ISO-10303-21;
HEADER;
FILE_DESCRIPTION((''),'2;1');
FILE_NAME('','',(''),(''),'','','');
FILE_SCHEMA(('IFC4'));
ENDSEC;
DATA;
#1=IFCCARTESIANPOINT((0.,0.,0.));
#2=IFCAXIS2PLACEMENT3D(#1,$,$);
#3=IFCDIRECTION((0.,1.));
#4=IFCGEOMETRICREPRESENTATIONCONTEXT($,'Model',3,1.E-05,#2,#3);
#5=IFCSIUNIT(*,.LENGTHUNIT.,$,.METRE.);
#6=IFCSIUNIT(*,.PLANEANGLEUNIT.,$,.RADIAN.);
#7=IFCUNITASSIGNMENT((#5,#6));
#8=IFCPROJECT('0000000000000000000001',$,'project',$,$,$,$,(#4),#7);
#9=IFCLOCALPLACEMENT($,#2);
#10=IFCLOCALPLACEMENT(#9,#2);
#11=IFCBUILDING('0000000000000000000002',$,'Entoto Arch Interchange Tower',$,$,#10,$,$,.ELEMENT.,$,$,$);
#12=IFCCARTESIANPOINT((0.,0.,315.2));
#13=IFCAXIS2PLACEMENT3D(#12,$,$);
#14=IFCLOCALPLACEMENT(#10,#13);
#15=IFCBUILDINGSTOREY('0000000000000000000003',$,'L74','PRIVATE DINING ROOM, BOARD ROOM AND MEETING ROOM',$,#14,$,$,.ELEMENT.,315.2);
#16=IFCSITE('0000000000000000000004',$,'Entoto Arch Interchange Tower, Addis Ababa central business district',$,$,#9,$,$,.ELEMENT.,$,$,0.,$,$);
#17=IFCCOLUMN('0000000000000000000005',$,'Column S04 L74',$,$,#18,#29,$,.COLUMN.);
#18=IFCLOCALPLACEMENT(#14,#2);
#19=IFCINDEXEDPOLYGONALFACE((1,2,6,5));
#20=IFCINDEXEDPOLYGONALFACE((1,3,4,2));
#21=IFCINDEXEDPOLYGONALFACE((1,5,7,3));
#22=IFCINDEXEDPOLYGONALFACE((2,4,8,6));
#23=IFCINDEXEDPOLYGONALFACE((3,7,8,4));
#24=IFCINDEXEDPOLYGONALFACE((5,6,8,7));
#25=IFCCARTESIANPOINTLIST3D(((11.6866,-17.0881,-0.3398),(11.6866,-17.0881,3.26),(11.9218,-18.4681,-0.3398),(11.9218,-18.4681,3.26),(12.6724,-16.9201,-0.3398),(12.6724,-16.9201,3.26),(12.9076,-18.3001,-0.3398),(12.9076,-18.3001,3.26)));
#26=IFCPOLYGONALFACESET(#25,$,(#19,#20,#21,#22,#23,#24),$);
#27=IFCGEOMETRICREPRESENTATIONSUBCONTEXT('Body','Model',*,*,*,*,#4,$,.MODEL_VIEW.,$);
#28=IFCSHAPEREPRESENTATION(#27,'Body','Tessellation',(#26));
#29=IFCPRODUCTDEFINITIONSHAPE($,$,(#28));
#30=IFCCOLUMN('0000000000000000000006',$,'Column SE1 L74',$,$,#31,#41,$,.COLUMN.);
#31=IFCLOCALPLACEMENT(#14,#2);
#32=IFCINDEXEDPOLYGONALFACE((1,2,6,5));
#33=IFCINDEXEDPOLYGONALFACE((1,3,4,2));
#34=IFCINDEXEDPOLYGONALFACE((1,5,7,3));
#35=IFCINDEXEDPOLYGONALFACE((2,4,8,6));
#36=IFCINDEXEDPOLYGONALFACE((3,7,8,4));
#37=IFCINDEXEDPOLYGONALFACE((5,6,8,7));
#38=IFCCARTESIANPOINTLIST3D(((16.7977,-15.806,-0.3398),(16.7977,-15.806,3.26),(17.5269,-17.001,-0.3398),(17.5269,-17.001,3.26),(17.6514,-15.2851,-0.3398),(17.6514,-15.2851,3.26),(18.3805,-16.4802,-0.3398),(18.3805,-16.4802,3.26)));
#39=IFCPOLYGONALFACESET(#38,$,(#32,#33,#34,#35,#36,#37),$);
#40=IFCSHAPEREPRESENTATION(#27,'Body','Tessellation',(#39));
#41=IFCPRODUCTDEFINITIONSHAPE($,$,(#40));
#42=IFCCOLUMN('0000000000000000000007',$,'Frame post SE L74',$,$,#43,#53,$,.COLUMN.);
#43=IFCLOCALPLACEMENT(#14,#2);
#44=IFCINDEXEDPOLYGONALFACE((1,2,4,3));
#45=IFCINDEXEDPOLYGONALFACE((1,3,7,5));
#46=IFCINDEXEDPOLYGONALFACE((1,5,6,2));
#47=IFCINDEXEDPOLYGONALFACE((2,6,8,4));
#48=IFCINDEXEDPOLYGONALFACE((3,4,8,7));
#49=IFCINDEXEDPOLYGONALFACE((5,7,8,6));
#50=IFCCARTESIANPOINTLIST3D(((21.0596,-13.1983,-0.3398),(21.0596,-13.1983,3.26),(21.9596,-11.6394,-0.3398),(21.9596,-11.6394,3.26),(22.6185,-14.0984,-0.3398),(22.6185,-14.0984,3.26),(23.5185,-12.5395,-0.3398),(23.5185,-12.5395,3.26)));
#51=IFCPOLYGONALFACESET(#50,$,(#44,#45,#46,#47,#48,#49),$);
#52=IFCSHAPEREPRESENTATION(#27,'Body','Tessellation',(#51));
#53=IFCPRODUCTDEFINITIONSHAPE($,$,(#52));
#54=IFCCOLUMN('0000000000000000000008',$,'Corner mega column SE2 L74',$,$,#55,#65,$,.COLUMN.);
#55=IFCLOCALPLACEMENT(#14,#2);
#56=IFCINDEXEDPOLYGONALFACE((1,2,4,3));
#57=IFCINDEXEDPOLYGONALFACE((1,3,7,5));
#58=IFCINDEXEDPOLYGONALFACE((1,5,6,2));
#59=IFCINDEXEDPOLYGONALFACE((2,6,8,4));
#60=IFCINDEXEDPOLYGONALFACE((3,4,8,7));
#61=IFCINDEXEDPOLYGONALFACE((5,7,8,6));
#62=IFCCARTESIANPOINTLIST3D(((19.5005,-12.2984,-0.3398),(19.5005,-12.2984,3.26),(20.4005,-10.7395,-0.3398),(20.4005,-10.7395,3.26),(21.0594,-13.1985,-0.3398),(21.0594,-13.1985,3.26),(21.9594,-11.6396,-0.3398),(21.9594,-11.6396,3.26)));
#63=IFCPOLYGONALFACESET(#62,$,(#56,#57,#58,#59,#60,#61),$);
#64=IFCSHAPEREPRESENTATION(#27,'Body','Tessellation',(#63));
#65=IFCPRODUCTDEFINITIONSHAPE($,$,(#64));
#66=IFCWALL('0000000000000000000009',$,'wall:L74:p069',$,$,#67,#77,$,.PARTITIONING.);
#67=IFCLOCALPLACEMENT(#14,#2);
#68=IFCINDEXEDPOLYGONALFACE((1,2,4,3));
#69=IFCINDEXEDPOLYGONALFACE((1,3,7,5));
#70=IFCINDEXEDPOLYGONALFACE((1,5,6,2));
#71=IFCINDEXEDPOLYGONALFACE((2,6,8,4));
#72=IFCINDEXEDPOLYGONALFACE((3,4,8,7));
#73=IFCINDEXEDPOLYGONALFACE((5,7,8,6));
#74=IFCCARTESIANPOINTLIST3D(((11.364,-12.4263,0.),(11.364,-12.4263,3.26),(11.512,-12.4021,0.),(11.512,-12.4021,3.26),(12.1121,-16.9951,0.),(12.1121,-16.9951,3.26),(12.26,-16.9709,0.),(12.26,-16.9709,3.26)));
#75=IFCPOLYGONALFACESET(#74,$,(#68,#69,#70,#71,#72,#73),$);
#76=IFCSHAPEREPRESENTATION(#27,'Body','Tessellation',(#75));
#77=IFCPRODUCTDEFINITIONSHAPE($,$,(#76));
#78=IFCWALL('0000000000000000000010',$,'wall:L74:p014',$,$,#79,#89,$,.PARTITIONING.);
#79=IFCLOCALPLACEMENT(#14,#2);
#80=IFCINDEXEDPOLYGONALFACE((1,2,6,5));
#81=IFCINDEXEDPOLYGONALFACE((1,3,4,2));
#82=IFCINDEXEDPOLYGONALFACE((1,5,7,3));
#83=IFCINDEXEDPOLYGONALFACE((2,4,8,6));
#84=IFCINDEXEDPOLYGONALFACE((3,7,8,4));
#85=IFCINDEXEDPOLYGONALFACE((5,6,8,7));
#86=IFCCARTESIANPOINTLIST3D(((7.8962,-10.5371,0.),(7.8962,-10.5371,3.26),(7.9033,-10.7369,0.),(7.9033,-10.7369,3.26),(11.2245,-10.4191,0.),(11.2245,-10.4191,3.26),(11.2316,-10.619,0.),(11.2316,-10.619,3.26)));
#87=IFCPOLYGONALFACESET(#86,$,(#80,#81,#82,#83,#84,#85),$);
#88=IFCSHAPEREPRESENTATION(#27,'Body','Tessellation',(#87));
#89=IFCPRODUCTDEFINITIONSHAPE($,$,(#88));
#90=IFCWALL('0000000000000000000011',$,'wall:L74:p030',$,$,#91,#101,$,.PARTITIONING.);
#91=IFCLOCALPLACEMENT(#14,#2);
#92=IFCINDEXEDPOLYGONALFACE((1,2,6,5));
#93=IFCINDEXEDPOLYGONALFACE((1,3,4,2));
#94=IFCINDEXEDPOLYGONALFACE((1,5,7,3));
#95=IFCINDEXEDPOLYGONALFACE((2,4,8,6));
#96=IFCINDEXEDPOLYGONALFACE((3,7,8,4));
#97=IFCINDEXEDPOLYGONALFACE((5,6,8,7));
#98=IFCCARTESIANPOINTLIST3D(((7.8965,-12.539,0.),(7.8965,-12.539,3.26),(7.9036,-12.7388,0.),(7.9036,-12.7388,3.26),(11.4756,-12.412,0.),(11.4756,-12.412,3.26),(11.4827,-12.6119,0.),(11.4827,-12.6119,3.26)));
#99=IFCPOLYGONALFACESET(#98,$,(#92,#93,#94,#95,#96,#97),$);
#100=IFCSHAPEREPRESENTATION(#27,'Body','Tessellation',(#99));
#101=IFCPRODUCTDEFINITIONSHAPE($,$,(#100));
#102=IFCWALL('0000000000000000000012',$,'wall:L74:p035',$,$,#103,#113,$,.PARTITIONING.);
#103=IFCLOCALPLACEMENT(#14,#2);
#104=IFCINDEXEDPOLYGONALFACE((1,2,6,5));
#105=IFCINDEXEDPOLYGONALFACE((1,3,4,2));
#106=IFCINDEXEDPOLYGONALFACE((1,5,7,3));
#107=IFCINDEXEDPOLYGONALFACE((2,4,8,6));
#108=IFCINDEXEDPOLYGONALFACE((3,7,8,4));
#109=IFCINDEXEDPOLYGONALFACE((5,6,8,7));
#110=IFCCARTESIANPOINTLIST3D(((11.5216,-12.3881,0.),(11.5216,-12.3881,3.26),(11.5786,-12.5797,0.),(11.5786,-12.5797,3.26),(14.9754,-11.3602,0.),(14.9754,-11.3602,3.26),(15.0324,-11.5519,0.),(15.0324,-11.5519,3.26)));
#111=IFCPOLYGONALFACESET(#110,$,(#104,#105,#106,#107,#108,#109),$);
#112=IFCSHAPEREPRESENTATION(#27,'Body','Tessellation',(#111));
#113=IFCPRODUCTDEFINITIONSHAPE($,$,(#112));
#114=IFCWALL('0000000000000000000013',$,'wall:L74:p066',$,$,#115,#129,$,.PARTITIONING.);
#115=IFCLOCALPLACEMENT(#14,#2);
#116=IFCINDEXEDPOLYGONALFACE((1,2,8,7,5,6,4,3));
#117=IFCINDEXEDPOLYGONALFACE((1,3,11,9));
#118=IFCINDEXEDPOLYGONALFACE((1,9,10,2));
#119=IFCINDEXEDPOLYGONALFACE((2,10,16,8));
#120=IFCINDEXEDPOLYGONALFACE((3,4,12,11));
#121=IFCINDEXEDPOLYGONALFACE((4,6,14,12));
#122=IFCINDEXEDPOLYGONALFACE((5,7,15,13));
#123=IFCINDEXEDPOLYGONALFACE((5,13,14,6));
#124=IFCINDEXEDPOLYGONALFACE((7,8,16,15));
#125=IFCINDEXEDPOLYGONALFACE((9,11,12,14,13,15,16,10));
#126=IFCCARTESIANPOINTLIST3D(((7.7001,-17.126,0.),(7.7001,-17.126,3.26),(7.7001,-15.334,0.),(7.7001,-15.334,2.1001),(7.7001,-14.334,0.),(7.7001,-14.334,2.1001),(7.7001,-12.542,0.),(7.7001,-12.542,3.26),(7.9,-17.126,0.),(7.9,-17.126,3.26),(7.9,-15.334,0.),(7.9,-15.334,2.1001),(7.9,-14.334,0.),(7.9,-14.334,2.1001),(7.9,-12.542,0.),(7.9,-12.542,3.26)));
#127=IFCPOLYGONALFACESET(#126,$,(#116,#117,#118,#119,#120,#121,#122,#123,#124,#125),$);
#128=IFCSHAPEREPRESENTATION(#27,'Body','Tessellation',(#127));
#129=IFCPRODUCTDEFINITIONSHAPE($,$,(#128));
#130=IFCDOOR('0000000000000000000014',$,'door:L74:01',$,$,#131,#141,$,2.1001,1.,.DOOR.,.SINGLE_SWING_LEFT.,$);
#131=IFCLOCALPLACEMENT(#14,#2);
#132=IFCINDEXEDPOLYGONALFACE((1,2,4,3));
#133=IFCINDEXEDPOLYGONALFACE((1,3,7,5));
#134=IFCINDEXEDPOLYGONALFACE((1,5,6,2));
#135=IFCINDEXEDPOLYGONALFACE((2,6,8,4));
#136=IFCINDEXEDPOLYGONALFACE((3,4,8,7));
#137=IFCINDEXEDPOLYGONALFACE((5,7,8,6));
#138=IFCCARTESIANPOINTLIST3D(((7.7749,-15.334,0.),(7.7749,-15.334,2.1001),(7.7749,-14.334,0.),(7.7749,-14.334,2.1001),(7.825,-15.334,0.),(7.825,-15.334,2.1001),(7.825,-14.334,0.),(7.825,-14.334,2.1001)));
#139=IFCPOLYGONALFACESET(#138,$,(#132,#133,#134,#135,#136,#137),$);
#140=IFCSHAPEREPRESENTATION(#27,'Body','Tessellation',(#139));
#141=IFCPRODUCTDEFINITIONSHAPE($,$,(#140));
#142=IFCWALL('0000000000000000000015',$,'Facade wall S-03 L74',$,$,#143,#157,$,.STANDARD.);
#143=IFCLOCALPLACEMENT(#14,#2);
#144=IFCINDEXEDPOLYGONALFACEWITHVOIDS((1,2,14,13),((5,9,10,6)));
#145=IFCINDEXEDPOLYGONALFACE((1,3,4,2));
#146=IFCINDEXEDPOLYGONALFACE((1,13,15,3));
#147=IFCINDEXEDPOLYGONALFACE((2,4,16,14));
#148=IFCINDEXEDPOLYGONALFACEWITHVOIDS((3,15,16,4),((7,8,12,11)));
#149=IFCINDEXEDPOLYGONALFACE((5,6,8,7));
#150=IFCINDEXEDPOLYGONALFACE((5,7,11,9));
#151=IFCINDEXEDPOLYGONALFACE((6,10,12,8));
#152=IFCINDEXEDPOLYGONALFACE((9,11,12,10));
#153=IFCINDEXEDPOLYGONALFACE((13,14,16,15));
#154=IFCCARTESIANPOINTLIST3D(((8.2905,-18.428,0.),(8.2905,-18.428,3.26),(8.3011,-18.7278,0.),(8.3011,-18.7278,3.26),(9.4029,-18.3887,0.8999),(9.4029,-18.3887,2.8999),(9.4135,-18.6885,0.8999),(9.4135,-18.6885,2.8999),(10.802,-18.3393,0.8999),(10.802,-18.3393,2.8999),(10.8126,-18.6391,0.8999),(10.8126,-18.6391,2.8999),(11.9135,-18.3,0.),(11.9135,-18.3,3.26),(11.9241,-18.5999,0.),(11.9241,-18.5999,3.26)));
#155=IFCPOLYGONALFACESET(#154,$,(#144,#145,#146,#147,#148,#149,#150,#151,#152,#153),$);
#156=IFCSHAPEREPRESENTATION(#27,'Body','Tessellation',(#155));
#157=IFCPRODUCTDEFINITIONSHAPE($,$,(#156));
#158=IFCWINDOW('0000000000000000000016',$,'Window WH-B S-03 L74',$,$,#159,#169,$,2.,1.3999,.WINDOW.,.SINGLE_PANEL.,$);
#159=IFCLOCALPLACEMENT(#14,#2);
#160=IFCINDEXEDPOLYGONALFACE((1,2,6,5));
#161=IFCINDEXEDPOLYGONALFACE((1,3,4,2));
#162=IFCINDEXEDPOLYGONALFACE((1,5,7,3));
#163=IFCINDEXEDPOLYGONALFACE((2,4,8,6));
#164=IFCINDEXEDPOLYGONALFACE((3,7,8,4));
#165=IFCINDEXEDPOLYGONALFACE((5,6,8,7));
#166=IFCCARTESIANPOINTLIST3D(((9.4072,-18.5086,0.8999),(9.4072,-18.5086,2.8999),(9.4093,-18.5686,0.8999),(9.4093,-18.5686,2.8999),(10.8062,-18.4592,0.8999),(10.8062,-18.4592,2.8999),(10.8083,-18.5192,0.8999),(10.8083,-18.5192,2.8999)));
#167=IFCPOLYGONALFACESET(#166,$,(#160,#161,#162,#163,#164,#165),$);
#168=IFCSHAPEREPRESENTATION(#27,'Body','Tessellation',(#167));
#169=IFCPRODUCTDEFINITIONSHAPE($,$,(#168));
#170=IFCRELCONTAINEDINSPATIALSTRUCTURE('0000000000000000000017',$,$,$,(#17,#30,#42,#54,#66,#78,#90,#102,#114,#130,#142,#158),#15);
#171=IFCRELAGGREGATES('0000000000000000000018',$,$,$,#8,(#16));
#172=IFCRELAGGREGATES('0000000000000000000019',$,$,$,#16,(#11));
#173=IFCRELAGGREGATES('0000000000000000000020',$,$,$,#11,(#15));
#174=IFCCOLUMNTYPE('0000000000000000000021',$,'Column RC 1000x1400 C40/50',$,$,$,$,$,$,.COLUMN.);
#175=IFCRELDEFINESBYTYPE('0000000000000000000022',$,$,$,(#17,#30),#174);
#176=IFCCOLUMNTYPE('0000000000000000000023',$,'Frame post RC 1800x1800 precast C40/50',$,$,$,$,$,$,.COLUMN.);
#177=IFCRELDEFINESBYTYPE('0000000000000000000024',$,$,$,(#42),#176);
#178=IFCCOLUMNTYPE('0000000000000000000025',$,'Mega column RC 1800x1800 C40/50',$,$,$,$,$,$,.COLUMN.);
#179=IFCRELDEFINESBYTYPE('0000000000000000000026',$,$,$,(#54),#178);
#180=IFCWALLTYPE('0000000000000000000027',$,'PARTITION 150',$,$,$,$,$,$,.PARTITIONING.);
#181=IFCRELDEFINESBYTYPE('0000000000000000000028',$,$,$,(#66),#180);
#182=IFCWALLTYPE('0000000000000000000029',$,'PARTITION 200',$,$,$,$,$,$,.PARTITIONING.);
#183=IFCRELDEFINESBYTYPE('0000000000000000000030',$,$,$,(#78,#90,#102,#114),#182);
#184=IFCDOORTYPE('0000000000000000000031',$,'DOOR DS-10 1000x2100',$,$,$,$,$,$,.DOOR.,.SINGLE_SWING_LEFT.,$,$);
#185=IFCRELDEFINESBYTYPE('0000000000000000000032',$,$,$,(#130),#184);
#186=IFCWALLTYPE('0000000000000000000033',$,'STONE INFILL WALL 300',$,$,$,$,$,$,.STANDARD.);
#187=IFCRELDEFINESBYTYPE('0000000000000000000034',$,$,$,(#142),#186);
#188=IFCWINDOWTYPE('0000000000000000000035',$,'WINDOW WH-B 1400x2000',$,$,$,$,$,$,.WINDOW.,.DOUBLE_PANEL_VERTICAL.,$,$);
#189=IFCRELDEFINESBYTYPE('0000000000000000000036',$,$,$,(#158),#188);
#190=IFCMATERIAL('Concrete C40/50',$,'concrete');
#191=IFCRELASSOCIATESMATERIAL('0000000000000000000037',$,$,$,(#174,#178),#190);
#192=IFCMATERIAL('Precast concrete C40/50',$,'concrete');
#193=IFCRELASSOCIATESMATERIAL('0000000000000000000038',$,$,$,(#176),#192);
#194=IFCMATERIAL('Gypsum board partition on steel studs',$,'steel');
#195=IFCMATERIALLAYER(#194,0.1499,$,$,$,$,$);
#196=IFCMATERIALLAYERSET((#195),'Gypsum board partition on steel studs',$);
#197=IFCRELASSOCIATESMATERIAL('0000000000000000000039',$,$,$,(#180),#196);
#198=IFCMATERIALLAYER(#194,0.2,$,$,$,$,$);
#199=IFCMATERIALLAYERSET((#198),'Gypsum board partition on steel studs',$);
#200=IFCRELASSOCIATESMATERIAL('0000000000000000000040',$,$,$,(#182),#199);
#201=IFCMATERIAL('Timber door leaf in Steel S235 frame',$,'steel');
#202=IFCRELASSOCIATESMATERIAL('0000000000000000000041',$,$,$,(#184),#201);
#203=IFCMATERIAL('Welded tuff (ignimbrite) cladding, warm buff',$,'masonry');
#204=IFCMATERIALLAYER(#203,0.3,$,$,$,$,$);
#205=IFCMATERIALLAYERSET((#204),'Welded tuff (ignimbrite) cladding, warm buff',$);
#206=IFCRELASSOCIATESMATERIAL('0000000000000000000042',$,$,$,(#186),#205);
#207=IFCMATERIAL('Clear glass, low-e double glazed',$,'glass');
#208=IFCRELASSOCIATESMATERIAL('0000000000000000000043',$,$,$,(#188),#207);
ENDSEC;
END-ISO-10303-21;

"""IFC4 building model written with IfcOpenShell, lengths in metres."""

from ifc_helpers import new_model, si_unit, direction, frame, frame_2d, origin, origin_2d, place, context, subcontext, project, spatial, rectangle, extrude, material, layer, layer_set, material_profile, profile_set, type_object, element, fill, save


model = new_model("IFC4")

# Units and contexts
model_context = context("Model", 3, precision=1e-05, world=origin(), true_north=direction((0.0, 1.0)))
body_context = subcontext(model_context, "Body", "Model", "MODEL_VIEW")
ifc_project = project(units=[si_unit("LENGTHUNIT", "METRE"), si_unit("PLANEANGLEUNIT", "RADIAN")], contexts=[model_context])

# Site, building, storey
site_placement = place(None, origin())
site = spatial("IfcSite", under=ifc_project, at=site_placement, Name="Entoto Arch Interchange Tower, Addis Ababa central business district", CompositionType="ELEMENT", RefElevation=0.0)
building_placement = place(site_placement, origin())
building = spatial("IfcBuilding", under=site, at=building_placement, Name="Entoto Arch Interchange Tower", CompositionType="ELEMENT")
storey_placement = place(building_placement, frame((0.0, 0.0, 315.2)))
storey = spatial("IfcBuildingStorey", under=building, at=storey_placement, Name="L74", Description="PRIVATE DINING ROOM, BOARD ROOM AND MEETING ROOM", CompositionType="ELEMENT", Elevation=315.2)

# Columns
ifc_material_1 = material(Name="Concrete C40/50", Category="concrete")
ifc_material_profile_1 = material_profile(ifc_material_1, rectangle(XDim=1.0, YDim=1.3999, at=origin_2d()))
ifc_profile_set_1 = profile_set([ifc_material_profile_1], Name="Concrete C40/50")
column_type_1 = type_object("IfcColumnType", Name="Column RC 1000x1400 C40/50", PredefinedType="COLUMN", material=ifc_profile_set_1)
for number, where, z_axis, x_axis, name in (
    (1, (12.2971, -17.6941, -0.3398), (0.0, 0.0, 1.0), (0.985786, 0.168008, 0.0), "Column S04 L74"),
    (2, (17.5891, -16.1431, -0.3398), (0.0, 0.0, 1.0), (0.853651, 0.520846, 0.0), "Column SE1 L74"),
):
    element("IfcColumn", number, at=place(storey_placement, frame(where, z_axis=z_axis, x_axis=x_axis)), inside=storey, type_object=column_type_1, Name=name, PredefinedType="COLUMN", context=body_context, shape_type="SweptSolid", body=[
        extrude(rectangle(XDim=1.0, YDim=1.3999, at=origin_2d()), origin(), (0.0, 0.0, 1.0), 3.5999),
    ])
ifc_material_2 = material(Name="Precast concrete C40/50", Category="concrete")
ifc_material_profile_2 = material_profile(ifc_material_2, rectangle(XDim=1.8, YDim=1.8, at=origin_2d()))
ifc_profile_set_2 = profile_set([ifc_material_profile_2], Name="Precast concrete C40/50")
column_type_2 = type_object("IfcColumnType", Name="Frame post RC 1800x1800 precast C40/50", PredefinedType="COLUMN", material=ifc_profile_set_2)
column_1_placement = place(storey_placement, frame((22.2891, -12.8689, -0.3398), z_axis=(0.0, 0.0, 1.0), x_axis=(-0.866025, 0.5, 0.0)))
element("IfcColumn", 3, at=column_1_placement, inside=storey, type_object=column_type_2, Name="Frame post SE L74", PredefinedType="COLUMN", context=body_context, shape_type="SweptSolid", body=[
    extrude(rectangle(XDim=1.8, YDim=1.8, at=origin_2d()), origin(), (0.0, 0.0, 1.0), 3.5999),
])
ifc_material_profile_3 = material_profile(ifc_material_1, rectangle(XDim=1.8, YDim=1.8, at=origin_2d()))
ifc_profile_set_3 = profile_set([ifc_material_profile_3], Name="Concrete C40/50")
column_type_3 = type_object("IfcColumnType", Name="Mega column RC 1800x1800 C40/50", PredefinedType="COLUMN", material=ifc_profile_set_3)
column_2_placement = place(storey_placement, frame((20.73, -11.969, -0.3398), z_axis=(0.0, 0.0, 1.0), x_axis=(-0.866025, 0.5, 0.0)))
element("IfcColumn", 4, at=column_2_placement, inside=storey, type_object=column_type_3, Name="Corner mega column SE2 L74", PredefinedType="COLUMN", context=body_context, shape_type="SweptSolid", body=[
    extrude(rectangle(XDim=1.8, YDim=1.8, at=origin_2d()), origin(), (0.0, 0.0, 1.0), 3.5999),
])

# Walls
ifc_material_3 = material(Name="Gypsum board partition on steel studs", Category="steel")
ifc_layer_1 = layer(ifc_material_3, 0.1499)
ifc_layer_set_1 = layer_set([ifc_layer_1], Name="Gypsum board partition on steel studs")
wall_type_1 = type_object("IfcWallType", Name="PARTITION 150", PredefinedType="PARTITIONING", material=ifc_layer_set_1)
wall_1_placement = place(storey_placement, frame((11.438, -12.4141, 0.0), z_axis=(0.0, 0.0, 1.0), x_axis=(0.161576, -0.98686, 0.0)))
element("IfcWall", 5, at=wall_1_placement, inside=storey, type_object=wall_type_1, Name="wall:L74:p069", PredefinedType="PARTITIONING", context=body_context, shape_type="SweptSolid", body=[
    extrude(rectangle(XDim=4.6296, YDim=0.1499, at=frame_2d((2.3149, 0.0))), origin(), (0.0, 0.0, 1.0), 3.26),
])
ifc_layer_2 = layer(ifc_material_3, 0.2)
ifc_layer_set_2 = layer_set([ifc_layer_2], Name="Gypsum board partition on steel studs")
wall_type_2 = type_object("IfcWallType", Name="PARTITION 200", PredefinedType="PARTITIONING", material=ifc_layer_set_2)
wall_2_placement = place(storey_placement, frame((7.8999, -10.637, 0.0), z_axis=(0.0, 0.0, 1.0), x_axis=(0.999373, 0.035409, 0.0)))
element("IfcWall", 6, at=wall_2_placement, inside=storey, type_object=wall_type_2, Name="wall:L74:p014", PredefinedType="PARTITIONING", context=body_context, shape_type="SweptSolid", body=[
    extrude(rectangle(XDim=3.3303, YDim=0.2, at=frame_2d((1.665, 0.0))), origin(), (0.0, 0.0, 1.0), 3.26),
])
wall_3_placement = place(storey_placement, frame((11.479, -12.512, 0.0), z_axis=(0.0, 0.0, 1.0), x_axis=(-0.999372, -0.035448, 0.0)))
element("IfcWall", 7, at=wall_3_placement, inside=storey, type_object=wall_type_2, Name="wall:L74:p030", PredefinedType="PARTITIONING", context=body_context, shape_type="SweptSolid", body=[
    extrude(rectangle(XDim=3.5813, YDim=0.2, at=frame_2d((1.7905, 0.0))), origin(), (0.0, 0.0, 1.0), 3.26),
])
wall_4_placement = place(storey_placement, frame((15.0039, -11.4561, 0.0), z_axis=(0.0, 0.0, 1.0), x_axis=(-0.95846, -0.285228, 0.0)))
element("IfcWall", 8, at=wall_4_placement, inside=storey, type_object=wall_type_2, Name="wall:L74:p035", PredefinedType="PARTITIONING", context=body_context, shape_type="SweptSolid", body=[
    extrude(rectangle(XDim=3.6035, YDim=0.2, at=frame_2d((1.8018, 0.0))), origin(), (0.0, 0.0, 1.0), 3.26),
])

# Wall, opening, door
wall_5_placement = place(storey_placement, frame((7.8, -12.542, 0.0), z_axis=(0.0, 0.0, 1.0), x_axis=(0.0, -1.0, 0.0)))
wall_5 = element("IfcWall", 9, at=wall_5_placement, inside=storey, type_object=wall_type_2, Name="wall:L74:p066", PredefinedType="PARTITIONING", context=body_context, shape_type="SweptSolid", body=[
    extrude(rectangle(XDim=4.584, YDim=0.2, at=frame_2d((2.292, 0.0))), origin(), (0.0, 0.0, 1.0), 3.26),
])
opening_1_placement = place(wall_5_placement, frame((1.792, 0.0, 0.0)))
opening_1 = element("IfcOpeningElement", 10, at=opening_1_placement, cuts=wall_5, PredefinedType="OPENING", context=body_context, shape_type="SweptSolid", body=[
    extrude(rectangle(XDim=1.0, YDim=2.1001, at=frame_2d((0.5, 1.05))), frame((0.0, 0.1099, 0.0), z_axis=(0.0, -1.0, 0.0), x_axis=(1.0, 0.0, 0.0)), (0.0, 0.0, 1.0), 0.22),
])
ifc_material_4 = material(Name="Timber door leaf in Steel S235 frame", Category="steel")
door_type = type_object("IfcDoorType", Name="DOOR DS-10 1000x2100", OperationType="SINGLE_SWING_LEFT", PredefinedType="DOOR", material=ifc_material_4)
door_placement = place(opening_1_placement, origin())
door = element("IfcDoor", 11, at=door_placement, inside=storey, type_object=door_type, Name="door:L74:01", OperationType="SINGLE_SWING_LEFT", OverallHeight=2.1001, OverallWidth=1.0, PredefinedType="DOOR", context=body_context, shape_type="SweptSolid", body=[
    extrude(rectangle(XDim=1.0, YDim=2.1001, at=frame_2d((0.5, 1.05))), frame((0.0, 0.0249, 0.0), z_axis=(0.0, -1.0, 0.0), x_axis=(1.0, 0.0, 0.0)), (0.0, 0.0, 1.0), 0.05),
])
fill(opening_1, door)

# Wall, opening, window
ifc_material_5 = material(Name="Welded tuff (ignimbrite) cladding, warm buff", Category="masonry")
ifc_layer_3 = layer(ifc_material_5, 0.3)
ifc_layer_set_3 = layer_set([ifc_layer_3], Name="Welded tuff (ignimbrite) cladding, warm buff")
wall_type_3 = type_object("IfcWallType", Name="STONE INFILL WALL 300", PredefinedType="STANDARD", material=ifc_layer_set_3)
wall_6_placement = place(storey_placement, frame((8.2959, -18.5779, 0.0), z_axis=(0.0, 0.0, 1.0), x_axis=(0.999377, 0.035288, 0.0)))
wall_6 = element("IfcWall", 12, at=wall_6_placement, inside=storey, type_object=wall_type_3, Name="Facade wall S-03 L74", PredefinedType="STANDARD", context=body_context, shape_type="SweptSolid", body=[
    extrude(rectangle(XDim=3.6252, YDim=0.3, at=frame_2d((1.8125, 0.0))), origin(), (0.0, 0.0, 1.0), 3.26),
])
opening_2_placement = place(wall_6_placement, frame((1.113, 0.0, 0.8999)))
opening_2 = element("IfcOpeningElement", 13, at=opening_2_placement, cuts=wall_6, PredefinedType="OPENING", context=body_context, shape_type="SweptSolid", body=[
    extrude(rectangle(XDim=1.3999, YDim=2.0, at=frame_2d((0.7, 1.0))), frame((0.0, 0.1602, 0.0), z_axis=(0.0, -1.0, 0.0), x_axis=(1.0, 0.0, 0.0)), (0.0, 0.0, 1.0), 0.3201),
])
ifc_material_6 = material(Name="Clear glass, low-e double glazed", Category="glass")
window_type = type_object("IfcWindowType", Name="WINDOW WH-B 1400x2000", PartitioningType="DOUBLE_PANEL_VERTICAL", PredefinedType="WINDOW", material=ifc_material_6)
window_1_placement = place(opening_2_placement, origin())
window_1 = element("IfcWindow", 14, at=window_1_placement, inside=storey, type_object=window_type, Name="Window WH-B S-03 L74", OverallHeight=2.0, OverallWidth=1.3999, PartitioningType="SINGLE_PANEL", PredefinedType="WINDOW", context=body_context, shape_type="SweptSolid", body=[
    extrude(rectangle(XDim=1.3999, YDim=2.0, at=frame_2d((0.7, 1.0))), frame((0.0, 0.03, 0.0), z_axis=(0.0, -1.0, 0.0), x_axis=(1.0, 0.0, 0.0)), (0.0, 0.0, 1.0), 0.0601),
])
fill(opening_2, window_1)

save(model, "model.ifc")
